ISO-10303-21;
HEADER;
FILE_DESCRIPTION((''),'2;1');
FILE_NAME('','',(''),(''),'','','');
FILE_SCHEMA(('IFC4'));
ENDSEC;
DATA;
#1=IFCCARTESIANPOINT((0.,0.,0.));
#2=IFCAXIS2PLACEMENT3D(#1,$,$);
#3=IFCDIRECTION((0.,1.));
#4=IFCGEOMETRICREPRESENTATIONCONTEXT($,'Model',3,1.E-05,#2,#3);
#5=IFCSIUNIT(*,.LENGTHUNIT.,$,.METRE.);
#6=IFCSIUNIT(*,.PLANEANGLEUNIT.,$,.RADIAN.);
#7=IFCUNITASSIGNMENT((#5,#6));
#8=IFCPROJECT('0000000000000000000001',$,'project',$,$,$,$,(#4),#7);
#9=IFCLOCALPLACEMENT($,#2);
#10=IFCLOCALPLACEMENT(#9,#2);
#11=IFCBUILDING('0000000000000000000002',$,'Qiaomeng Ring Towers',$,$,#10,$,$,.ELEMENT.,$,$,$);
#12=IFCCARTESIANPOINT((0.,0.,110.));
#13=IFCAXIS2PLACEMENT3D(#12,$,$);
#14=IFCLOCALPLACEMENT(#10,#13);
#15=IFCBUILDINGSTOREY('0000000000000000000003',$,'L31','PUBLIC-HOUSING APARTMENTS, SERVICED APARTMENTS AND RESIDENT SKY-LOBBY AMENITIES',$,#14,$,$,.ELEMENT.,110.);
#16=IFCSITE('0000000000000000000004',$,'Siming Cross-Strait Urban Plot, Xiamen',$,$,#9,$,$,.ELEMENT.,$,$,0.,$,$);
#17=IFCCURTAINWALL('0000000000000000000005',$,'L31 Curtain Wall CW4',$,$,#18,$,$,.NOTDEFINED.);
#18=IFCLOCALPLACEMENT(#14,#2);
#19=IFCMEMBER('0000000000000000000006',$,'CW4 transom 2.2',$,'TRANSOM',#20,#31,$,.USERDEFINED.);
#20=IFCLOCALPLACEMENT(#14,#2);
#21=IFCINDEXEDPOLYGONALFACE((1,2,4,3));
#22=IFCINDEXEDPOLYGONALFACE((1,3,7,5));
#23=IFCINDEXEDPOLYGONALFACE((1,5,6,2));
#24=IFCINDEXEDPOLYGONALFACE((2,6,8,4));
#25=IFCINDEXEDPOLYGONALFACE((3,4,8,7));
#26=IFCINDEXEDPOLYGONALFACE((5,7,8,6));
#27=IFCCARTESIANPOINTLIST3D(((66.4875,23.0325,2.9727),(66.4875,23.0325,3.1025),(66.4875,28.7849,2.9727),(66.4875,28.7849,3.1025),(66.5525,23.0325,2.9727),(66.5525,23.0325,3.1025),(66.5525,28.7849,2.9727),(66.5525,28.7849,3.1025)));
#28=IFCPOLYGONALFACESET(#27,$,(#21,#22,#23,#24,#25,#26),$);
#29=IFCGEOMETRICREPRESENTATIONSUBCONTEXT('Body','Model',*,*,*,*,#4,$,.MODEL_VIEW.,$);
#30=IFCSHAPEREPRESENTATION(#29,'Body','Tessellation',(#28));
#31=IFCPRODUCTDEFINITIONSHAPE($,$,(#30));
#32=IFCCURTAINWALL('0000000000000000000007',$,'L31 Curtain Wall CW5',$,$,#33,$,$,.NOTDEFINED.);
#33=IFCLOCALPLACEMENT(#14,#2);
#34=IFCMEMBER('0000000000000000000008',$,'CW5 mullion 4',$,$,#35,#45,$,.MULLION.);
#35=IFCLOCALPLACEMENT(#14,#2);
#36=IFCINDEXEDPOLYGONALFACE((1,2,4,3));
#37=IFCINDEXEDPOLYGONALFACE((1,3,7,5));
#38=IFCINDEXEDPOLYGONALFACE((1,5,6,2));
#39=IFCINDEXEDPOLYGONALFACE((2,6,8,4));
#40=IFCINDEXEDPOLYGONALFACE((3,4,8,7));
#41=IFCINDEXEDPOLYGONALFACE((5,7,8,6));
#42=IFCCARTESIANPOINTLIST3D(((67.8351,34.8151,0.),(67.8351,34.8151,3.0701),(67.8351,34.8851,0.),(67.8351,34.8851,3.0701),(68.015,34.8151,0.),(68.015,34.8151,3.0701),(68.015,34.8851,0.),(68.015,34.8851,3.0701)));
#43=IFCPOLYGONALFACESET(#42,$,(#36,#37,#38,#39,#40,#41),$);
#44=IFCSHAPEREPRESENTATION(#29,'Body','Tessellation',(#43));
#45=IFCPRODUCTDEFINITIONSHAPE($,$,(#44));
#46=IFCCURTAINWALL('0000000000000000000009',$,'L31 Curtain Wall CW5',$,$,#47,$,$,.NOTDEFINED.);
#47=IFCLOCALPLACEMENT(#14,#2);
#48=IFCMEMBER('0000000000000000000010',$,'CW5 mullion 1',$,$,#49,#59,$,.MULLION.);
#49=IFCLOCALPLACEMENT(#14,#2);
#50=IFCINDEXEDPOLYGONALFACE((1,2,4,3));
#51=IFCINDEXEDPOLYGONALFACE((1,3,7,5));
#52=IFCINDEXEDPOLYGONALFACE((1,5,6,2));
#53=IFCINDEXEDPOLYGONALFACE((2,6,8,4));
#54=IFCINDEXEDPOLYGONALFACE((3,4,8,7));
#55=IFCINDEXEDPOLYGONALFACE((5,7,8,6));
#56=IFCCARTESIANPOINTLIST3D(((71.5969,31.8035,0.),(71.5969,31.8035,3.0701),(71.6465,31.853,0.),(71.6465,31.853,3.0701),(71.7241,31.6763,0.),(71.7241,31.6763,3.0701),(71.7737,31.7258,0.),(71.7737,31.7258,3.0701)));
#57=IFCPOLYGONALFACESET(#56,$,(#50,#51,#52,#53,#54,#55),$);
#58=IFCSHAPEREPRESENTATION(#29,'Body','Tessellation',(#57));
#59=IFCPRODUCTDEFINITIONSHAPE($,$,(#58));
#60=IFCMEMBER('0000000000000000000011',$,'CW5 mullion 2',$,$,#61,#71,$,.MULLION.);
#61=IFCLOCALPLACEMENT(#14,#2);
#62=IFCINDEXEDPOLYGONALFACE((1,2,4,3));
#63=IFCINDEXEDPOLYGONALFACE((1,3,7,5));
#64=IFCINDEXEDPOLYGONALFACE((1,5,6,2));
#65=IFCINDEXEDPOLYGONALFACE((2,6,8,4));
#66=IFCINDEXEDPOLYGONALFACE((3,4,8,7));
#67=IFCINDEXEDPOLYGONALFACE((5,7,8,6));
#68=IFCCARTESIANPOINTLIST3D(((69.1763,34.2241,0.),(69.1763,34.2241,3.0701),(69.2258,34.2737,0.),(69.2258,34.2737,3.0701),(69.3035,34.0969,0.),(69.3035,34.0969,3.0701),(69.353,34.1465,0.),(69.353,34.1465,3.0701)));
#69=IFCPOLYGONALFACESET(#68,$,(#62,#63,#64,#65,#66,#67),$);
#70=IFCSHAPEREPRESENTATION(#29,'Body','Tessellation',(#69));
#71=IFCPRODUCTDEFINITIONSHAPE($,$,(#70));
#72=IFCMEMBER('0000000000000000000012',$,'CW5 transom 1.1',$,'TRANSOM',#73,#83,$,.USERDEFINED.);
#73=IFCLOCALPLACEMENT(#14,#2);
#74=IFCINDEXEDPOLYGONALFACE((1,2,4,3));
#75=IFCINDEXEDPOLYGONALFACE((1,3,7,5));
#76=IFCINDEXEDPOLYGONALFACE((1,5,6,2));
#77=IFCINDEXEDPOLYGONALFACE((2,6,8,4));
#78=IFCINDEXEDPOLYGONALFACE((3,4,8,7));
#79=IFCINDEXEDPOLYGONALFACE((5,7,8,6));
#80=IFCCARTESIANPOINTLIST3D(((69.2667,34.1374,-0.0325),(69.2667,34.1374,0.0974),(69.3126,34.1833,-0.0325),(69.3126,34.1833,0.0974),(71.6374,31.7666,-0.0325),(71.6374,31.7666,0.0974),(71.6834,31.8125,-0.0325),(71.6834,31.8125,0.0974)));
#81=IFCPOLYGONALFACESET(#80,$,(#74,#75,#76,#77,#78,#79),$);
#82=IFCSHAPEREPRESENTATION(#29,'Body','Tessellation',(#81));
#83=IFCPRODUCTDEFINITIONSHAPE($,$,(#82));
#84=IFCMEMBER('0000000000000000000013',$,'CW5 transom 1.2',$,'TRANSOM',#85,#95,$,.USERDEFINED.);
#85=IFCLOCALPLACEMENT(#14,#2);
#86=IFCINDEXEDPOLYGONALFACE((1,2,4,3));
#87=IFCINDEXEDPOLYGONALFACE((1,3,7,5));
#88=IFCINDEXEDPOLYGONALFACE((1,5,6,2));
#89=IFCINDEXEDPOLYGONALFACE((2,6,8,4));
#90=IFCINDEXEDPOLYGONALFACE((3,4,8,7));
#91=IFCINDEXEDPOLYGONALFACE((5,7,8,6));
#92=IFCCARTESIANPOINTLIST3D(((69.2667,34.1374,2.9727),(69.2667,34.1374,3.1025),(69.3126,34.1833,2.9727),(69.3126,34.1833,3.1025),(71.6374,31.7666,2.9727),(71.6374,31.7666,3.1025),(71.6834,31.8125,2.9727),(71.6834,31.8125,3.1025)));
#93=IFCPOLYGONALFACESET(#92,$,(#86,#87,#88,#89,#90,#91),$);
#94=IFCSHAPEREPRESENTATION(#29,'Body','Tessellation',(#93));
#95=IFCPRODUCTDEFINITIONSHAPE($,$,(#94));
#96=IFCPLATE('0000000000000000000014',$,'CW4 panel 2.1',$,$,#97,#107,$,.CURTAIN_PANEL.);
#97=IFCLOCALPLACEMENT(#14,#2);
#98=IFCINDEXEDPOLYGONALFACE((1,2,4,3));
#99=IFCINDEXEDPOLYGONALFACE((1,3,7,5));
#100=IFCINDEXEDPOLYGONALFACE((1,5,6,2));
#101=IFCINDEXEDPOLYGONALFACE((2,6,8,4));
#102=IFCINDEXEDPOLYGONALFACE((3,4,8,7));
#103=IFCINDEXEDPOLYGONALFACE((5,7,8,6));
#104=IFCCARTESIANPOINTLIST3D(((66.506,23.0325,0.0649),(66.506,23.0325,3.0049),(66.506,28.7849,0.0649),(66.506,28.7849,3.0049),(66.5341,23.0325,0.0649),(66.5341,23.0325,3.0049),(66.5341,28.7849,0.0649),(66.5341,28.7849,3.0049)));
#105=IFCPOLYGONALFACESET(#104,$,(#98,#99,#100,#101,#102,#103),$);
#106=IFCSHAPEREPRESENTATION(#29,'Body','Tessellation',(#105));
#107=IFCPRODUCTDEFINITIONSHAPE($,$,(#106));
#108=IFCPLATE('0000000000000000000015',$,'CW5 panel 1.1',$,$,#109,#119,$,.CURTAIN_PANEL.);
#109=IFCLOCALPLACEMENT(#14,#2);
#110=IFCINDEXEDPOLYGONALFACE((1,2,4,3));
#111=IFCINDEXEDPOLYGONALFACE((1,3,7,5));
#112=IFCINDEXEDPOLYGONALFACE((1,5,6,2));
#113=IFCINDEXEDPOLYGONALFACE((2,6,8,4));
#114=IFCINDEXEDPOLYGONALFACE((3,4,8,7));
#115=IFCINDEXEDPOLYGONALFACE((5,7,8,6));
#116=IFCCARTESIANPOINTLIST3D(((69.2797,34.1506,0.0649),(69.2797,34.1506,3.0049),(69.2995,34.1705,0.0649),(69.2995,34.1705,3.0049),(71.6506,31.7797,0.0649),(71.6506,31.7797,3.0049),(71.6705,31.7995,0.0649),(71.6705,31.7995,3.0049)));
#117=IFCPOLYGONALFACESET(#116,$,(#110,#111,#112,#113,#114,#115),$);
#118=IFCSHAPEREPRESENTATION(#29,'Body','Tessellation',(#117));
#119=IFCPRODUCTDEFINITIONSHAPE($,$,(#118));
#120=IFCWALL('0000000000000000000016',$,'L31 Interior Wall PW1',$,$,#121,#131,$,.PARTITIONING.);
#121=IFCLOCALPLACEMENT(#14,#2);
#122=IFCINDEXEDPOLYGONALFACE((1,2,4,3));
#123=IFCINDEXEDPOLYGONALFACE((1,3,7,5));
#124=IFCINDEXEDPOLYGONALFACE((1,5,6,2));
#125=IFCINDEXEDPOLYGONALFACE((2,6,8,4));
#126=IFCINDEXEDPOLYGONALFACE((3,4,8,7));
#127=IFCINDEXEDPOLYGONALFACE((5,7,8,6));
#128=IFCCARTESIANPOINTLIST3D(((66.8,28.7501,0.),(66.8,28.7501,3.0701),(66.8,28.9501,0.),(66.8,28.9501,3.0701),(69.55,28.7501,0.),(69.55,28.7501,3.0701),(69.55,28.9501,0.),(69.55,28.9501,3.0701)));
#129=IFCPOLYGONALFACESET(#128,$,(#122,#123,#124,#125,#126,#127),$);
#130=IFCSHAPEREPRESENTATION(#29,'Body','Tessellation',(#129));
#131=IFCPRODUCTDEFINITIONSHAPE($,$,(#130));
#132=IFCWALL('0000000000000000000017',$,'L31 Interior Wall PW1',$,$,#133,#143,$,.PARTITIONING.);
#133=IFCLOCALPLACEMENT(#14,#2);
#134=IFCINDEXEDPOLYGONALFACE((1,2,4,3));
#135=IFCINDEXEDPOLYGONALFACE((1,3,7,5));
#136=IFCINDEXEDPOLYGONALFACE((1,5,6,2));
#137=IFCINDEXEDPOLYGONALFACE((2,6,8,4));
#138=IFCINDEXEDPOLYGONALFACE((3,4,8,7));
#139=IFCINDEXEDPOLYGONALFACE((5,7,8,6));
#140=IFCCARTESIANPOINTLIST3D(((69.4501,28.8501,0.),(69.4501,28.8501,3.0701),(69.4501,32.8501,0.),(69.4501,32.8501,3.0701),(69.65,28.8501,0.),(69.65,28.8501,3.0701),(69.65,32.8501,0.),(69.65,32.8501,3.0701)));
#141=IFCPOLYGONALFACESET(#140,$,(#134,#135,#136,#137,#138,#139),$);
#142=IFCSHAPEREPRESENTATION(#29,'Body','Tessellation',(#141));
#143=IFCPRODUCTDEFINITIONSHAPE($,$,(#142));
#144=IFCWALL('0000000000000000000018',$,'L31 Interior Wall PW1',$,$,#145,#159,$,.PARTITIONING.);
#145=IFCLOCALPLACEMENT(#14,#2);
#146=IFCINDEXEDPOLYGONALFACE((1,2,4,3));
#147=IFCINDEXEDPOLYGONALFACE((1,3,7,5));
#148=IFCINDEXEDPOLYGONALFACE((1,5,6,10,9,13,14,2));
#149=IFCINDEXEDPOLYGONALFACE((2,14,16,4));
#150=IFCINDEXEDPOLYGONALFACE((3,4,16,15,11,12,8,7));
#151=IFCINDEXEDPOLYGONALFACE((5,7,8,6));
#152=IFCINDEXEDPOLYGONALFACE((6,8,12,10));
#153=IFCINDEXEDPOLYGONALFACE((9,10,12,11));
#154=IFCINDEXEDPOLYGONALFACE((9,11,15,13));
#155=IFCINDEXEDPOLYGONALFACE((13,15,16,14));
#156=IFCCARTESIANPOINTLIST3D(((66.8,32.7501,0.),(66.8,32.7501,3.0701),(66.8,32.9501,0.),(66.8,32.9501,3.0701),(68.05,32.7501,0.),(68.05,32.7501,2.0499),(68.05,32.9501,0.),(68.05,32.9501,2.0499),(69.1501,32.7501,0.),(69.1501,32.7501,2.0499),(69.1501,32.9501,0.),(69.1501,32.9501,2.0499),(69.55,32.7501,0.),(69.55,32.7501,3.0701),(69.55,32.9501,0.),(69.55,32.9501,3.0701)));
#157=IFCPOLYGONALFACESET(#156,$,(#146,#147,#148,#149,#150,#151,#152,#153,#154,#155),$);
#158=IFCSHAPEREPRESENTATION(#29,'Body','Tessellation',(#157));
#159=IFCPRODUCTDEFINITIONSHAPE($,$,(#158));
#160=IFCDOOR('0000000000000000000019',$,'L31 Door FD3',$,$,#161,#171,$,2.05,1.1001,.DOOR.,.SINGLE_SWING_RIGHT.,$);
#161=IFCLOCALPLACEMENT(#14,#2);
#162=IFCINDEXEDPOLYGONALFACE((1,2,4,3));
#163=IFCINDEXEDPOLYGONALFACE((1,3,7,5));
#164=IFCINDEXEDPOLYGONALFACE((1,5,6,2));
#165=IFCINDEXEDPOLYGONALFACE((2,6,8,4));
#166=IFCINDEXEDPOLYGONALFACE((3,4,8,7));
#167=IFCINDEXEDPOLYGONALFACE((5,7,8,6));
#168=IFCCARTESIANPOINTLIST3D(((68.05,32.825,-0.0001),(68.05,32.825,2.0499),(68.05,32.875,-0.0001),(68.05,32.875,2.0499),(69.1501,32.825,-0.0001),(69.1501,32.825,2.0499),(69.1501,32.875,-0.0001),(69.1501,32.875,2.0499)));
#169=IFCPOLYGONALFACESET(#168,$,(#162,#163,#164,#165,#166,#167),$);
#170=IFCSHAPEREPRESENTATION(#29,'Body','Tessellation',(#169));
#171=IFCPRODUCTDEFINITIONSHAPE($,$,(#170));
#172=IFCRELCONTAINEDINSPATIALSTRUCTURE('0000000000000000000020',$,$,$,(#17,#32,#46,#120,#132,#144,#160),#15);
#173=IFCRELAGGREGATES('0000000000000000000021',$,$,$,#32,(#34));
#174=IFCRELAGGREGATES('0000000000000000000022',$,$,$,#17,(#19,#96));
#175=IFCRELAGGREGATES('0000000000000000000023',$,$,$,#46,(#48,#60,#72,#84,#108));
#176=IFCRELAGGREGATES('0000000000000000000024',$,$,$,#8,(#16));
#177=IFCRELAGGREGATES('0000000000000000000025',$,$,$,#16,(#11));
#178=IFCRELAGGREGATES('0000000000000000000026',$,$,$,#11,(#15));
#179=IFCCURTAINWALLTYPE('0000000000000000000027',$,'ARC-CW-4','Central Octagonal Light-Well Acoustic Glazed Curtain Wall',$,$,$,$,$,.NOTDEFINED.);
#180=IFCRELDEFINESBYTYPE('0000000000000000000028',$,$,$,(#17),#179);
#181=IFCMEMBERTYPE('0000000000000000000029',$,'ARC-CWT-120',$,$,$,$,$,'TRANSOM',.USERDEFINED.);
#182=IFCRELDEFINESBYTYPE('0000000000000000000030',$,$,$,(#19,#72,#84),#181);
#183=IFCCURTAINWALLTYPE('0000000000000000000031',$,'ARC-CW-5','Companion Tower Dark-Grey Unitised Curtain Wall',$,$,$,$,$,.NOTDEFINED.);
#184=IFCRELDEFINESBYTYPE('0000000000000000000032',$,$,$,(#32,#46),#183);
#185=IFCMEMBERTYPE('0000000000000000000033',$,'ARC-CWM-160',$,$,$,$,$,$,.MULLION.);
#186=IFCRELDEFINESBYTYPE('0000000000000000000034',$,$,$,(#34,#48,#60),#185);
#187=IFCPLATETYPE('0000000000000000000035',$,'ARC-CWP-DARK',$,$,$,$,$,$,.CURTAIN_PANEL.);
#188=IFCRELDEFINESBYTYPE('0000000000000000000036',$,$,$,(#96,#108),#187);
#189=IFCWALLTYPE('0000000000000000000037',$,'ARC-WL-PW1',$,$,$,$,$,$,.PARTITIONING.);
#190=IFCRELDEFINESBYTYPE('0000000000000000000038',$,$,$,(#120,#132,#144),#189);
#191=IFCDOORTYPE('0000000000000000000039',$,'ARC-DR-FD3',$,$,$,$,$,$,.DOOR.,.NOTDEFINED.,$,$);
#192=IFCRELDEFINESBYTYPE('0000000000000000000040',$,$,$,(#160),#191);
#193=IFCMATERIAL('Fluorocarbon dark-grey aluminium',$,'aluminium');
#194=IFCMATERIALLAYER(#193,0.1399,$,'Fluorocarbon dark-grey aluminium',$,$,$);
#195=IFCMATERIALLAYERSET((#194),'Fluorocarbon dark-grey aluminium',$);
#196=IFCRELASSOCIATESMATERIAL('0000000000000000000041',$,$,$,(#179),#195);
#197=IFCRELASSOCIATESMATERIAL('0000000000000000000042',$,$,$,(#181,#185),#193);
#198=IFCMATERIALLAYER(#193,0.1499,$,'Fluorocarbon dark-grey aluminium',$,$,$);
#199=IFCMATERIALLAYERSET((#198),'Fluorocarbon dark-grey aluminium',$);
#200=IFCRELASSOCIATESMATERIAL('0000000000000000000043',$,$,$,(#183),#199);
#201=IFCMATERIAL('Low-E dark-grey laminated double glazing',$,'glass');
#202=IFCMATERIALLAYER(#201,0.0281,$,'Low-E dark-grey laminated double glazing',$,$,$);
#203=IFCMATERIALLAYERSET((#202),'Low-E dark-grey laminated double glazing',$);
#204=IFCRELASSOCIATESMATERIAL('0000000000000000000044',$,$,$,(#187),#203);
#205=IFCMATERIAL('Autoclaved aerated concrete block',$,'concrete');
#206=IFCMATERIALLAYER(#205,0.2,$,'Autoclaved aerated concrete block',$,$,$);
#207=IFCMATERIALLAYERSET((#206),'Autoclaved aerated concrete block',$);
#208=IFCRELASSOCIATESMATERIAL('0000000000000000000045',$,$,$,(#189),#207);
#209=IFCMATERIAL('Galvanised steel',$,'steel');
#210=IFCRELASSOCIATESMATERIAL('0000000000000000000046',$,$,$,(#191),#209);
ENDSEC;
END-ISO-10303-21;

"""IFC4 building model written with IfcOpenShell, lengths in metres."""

from ifc_helpers import new_model, si_unit, direction, frame, frame_2d, origin, origin_2d, place, context, subcontext, project, spatial, rectangle, extrude, source, transform, mapped, material, layer, layer_set, material_profile, profile_set, type_object, element, fill, aggregate, save


model = new_model("IFC4")

# Units and contexts
model_context = context("Model", 3, precision=1e-05, world=origin(), true_north=direction((0.0, 1.0)))
body_context = subcontext(model_context, "Body", "Model", "MODEL_VIEW")
ifc_project = project(units=[si_unit("LENGTHUNIT", "METRE"), si_unit("PLANEANGLEUNIT", "RADIAN")], contexts=[model_context])

# Site, building, storey
site_placement = place(None, origin())
site = spatial("IfcSite", under=ifc_project, at=site_placement, Name="Siming Cross-Strait Urban Plot, Xiamen", CompositionType="ELEMENT", RefElevation=0.0)
building_placement = place(site_placement, origin())
building = spatial("IfcBuilding", under=site, at=building_placement, Name="Qiaomeng Ring Towers", CompositionType="ELEMENT")
storey_placement = place(building_placement, frame((0.0, 0.0, 110.0)))
storey = spatial("IfcBuildingStorey", under=building, at=storey_placement, Name="L31", Description="PUBLIC-HOUSING APARTMENTS, SERVICED APARTMENTS AND RESIDENT SKY-LOBBY AMENITIES", CompositionType="ELEMENT", Elevation=110.0)

# Curtain wall, member
ifc_material_1 = material(Name="Fluorocarbon dark-grey aluminium", Category="aluminium")
ifc_layer_1 = layer(ifc_material_1, 0.1399, Name="Fluorocarbon dark-grey aluminium")
ifc_layer_set_1 = layer_set([ifc_layer_1], Name="Fluorocarbon dark-grey aluminium")
curtain_wall_type_1 = type_object("IfcCurtainWallType", Name="ARC-CW-4", Description="Central Octagonal Light-Well Acoustic Glazed Curtain Wall", PredefinedType="NOTDEFINED", material=ifc_layer_set_1)
curtain_wall_1_placement = place(storey_placement, origin())
curtain_wall_1 = element("IfcCurtainWall", 1, at=curtain_wall_1_placement, inside=storey, type_object=curtain_wall_type_1, Name="L31 Curtain Wall CW4", PredefinedType="NOTDEFINED")
ifc_material_profile_1 = material_profile(ifc_material_1, rectangle(XDim=0.0649, YDim=0.1299, at=origin_2d()), Name="ALU TRAN 65x130")
ifc_profile_set_1 = profile_set([ifc_material_profile_1], Name="Fluorocarbon dark-grey aluminium")
member_type_1 = type_object("IfcMemberType", Name="ARC-CWT-120", ElementType="TRANSOM", PredefinedType="USERDEFINED", material=ifc_profile_set_1)
shared_shape_1 = source(origin(), body_context, "Body", "SweptSolid", [
    extrude(rectangle(XDim=0.0649, YDim=0.1299, at=origin_2d()), origin(), (0.0, 0.0, 1.0), 5.7524),
])
member_1_placement = place(storey_placement, frame((66.52, 23.0325, 3.0376), z_axis=(0.0, 1.0, 0.0), x_axis=(-1.0, 0.0, 0.0)))
member_1 = element("IfcMember", 2, at=member_1_placement, type_object=member_type_1, Name="CW4 transom 2.2", ObjectType="TRANSOM", PredefinedType="USERDEFINED", context=body_context, shape_type="MappedRepresentation", body=[
    mapped(shared_shape_1, transform((0.0, 0.0, 0.0), x_axis=(1.0, 0.0, 0.0), y_axis=(0.0, 1.0, 0.0), z_axis=(0.0, 0.0, 1.0), scale=1.0)),
])

# Curtain wall, member
ifc_layer_2 = layer(ifc_material_1, 0.1499, Name="Fluorocarbon dark-grey aluminium")
ifc_layer_set_2 = layer_set([ifc_layer_2], Name="Fluorocarbon dark-grey aluminium")
curtain_wall_type_2 = type_object("IfcCurtainWallType", Name="ARC-CW-5", Description="Companion Tower Dark-Grey Unitised Curtain Wall", PredefinedType="NOTDEFINED", material=ifc_layer_set_2)
curtain_wall_2_placement = place(storey_placement, origin())
curtain_wall_2 = element("IfcCurtainWall", 3, at=curtain_wall_2_placement, inside=storey, type_object=curtain_wall_type_2, Name="L31 Curtain Wall CW5", PredefinedType="NOTDEFINED")
ifc_material_profile_2 = material_profile(ifc_material_1, rectangle(XDim=0.0701, YDim=0.1799, at=origin_2d()), Name="ALU MULL 70x180")
ifc_profile_set_2 = profile_set([ifc_material_profile_2], Name="Fluorocarbon dark-grey aluminium")
member_type_2 = type_object("IfcMemberType", Name="ARC-CWM-160", PredefinedType="MULLION", material=ifc_profile_set_2)
shared_shape_2 = source(origin(), body_context, "Body", "SweptSolid", [
    extrude(rectangle(XDim=0.0701, YDim=0.1799, at=origin_2d()), origin(), (0.0, 0.0, 1.0), 3.0701),
])
member_2_placement = place(storey_placement, frame((67.925, 34.8501, 0.0), z_axis=(0.0, 0.0, 1.0), x_axis=(0.0, 1.0, 0.0)))
member_2 = element("IfcMember", 4, at=member_2_placement, type_object=member_type_2, Name="CW5 mullion 4", PredefinedType="MULLION", context=body_context, shape_type="MappedRepresentation", body=[
    mapped(shared_shape_2, transform((0.0, 0.0, 0.0), x_axis=(1.0, 0.0, 0.0), y_axis=(0.0, 1.0, 0.0), z_axis=(0.0, 0.0, 1.0), scale=1.0)),
])
aggregate(curtain_wall_2, [member_2])

# Curtain wall, members
curtain_wall_3_placement = place(storey_placement, origin())
curtain_wall_3 = element("IfcCurtainWall", 5, at=curtain_wall_3_placement, inside=storey, type_object=curtain_wall_type_2, Name="L31 Curtain Wall CW5", PredefinedType="NOTDEFINED")
member_3_placement = place(storey_placement, frame((71.6853, 31.7646, 0.0), z_axis=(0.0, 0.0, 1.0), x_axis=(-0.707107, -0.707107, 0.0)))
member_3 = element("IfcMember", 6, at=member_3_placement, type_object=member_type_2, Name="CW5 mullion 1", PredefinedType="MULLION", context=body_context, shape_type="MappedRepresentation", body=[
    mapped(shared_shape_2, transform((0.0, 0.0, 0.0), x_axis=(1.0, 0.0, 0.0), y_axis=(0.0, 1.0, 0.0), z_axis=(0.0, 0.0, 1.0), scale=1.0)),
])
member_4_placement = place(storey_placement, frame((69.2646, 34.1853, 0.0), z_axis=(0.0, 0.0, 1.0), x_axis=(-0.707107, -0.707107, 0.0)))
member_4 = element("IfcMember", 7, at=member_4_placement, type_object=member_type_2, Name="CW5 mullion 2", PredefinedType="MULLION", context=body_context, shape_type="MappedRepresentation", body=[
    mapped(shared_shape_2, transform((0.0, 0.0, 0.0), x_axis=(1.0, 0.0, 0.0), y_axis=(0.0, 1.0, 0.0), z_axis=(0.0, 0.0, 1.0), scale=1.0)),
])
shared_shape_3 = source(origin(), body_context, "Body", "SweptSolid", [
    extrude(rectangle(XDim=0.0649, YDim=0.1299, at=origin_2d()), origin(), (0.0, 0.0, 1.0), 3.3528),
])
member_5_placement = place(storey_placement, frame((71.6604, 31.7896, 0.0325), z_axis=(-0.707107, 0.707107, 0.0), x_axis=(-0.707107, -0.707107, 0.0)))
member_5 = element("IfcMember", 8, at=member_5_placement, type_object=member_type_1, Name="CW5 transom 1.1", ObjectType="TRANSOM", PredefinedType="USERDEFINED", context=body_context, shape_type="MappedRepresentation", body=[
    mapped(shared_shape_3, transform((0.0, 0.0, 0.0), x_axis=(1.0, 0.0, 0.0), y_axis=(0.0, 1.0, 0.0), z_axis=(0.0, 0.0, 1.0), scale=1.0)),
])
member_6_placement = place(storey_placement, frame((71.6604, 31.7896, 3.0376), z_axis=(-0.707107, 0.707107, 0.0), x_axis=(-0.707107, -0.707107, 0.0)))
member_6 = element("IfcMember", 9, at=member_6_placement, type_object=member_type_1, Name="CW5 transom 1.2", ObjectType="TRANSOM", PredefinedType="USERDEFINED", context=body_context, shape_type="MappedRepresentation", body=[
    mapped(shared_shape_3, transform((0.0, 0.0, 0.0), x_axis=(1.0, 0.0, 0.0), y_axis=(0.0, 1.0, 0.0), z_axis=(0.0, 0.0, 1.0), scale=1.0)),
])

# Plates
ifc_material_2 = material(Name="Low-E dark-grey laminated double glazing", Category="glass")
ifc_layer_3 = layer(ifc_material_2, 0.0281, Name="Low-E dark-grey laminated double glazing")
ifc_layer_set_3 = layer_set([ifc_layer_3], Name="Low-E dark-grey laminated double glazing")
plate_type = type_object("IfcPlateType", Name="ARC-CWP-DARK", PredefinedType="CURTAIN_PANEL", material=ifc_layer_set_3)
shared_shape_4 = source(origin(), body_context, "Body", "SweptSolid", [
    extrude(rectangle(XDim=5.7524, YDim=0.0281, at=origin_2d()), origin(), (0.0, 0.0, 1.0), 2.9399),
])
plate_1_placement = place(storey_placement, frame((66.52, 25.9087, 0.0649), z_axis=(0.0, 0.0, 1.0), x_axis=(0.0, 1.0, 0.0)))
plate_1 = element("IfcPlate", 10, at=plate_1_placement, type_object=plate_type, Name="CW4 panel 2.1", PredefinedType="CURTAIN_PANEL", context=body_context, shape_type="MappedRepresentation", body=[
    mapped(shared_shape_4, transform((0.0, 0.0, 0.0), x_axis=(1.0, 0.0, 0.0), y_axis=(0.0, 1.0, 0.0), z_axis=(0.0, 0.0, 1.0), scale=1.0)),
])
aggregate(curtain_wall_1, [member_1, plate_1])
shared_shape_5 = source(origin(), body_context, "Body", "SweptSolid", [
    extrude(rectangle(XDim=3.353, YDim=0.0281, at=origin_2d()), origin(), (0.0, 0.0, 1.0), 2.9399),
])
plate_2_placement = place(storey_placement, frame((70.4751, 32.9751, 0.0649), z_axis=(0.0, 0.0, 1.0), x_axis=(-0.707107, 0.707107, 0.0)))
plate_2 = element("IfcPlate", 11, at=plate_2_placement, type_object=plate_type, Name="CW5 panel 1.1", PredefinedType="CURTAIN_PANEL", context=body_context, shape_type="MappedRepresentation", body=[
    mapped(shared_shape_5, transform((0.0, 0.0, 0.0), x_axis=(1.0, 0.0, 0.0), y_axis=(0.0, 1.0, 0.0), z_axis=(0.0, 0.0, 1.0), scale=1.0)),
])
aggregate(curtain_wall_3, [member_3, member_4, member_5, member_6, plate_2])

# Walls
ifc_material_3 = material(Name="Autoclaved aerated concrete block", Category="concrete")
ifc_layer_4 = layer(ifc_material_3, 0.2, Name="Autoclaved aerated concrete block")
ifc_layer_set_4 = layer_set([ifc_layer_4], Name="Autoclaved aerated concrete block")
wall_type_1 = type_object("IfcWallType", Name="ARC-WL-PW1", PredefinedType="PARTITIONING", material=ifc_layer_set_4)
wall_1_placement = place(storey_placement, frame((66.8, 28.8501, 0.0), z_axis=(0.0, 0.0, 1.0), x_axis=(1.0, 0.0, 0.0)))
element("IfcWall", 12, at=wall_1_placement, inside=storey, type_object=wall_type_1, Name="L31 Interior Wall PW1", PredefinedType="PARTITIONING", context=body_context, shape_type="SweptSolid", body=[
    extrude(rectangle(XDim=2.75, YDim=0.2, at=frame_2d((1.375, 0.0))), origin(), (0.0, 0.0, 1.0), 3.0701),
])
wall_2_placement = place(storey_placement, frame((69.55, 28.8501, 0.0), z_axis=(0.0, 0.0, 1.0), x_axis=(0.0, 1.0, 0.0)))
element("IfcWall", 13, at=wall_2_placement, inside=storey, type_object=wall_type_1, Name="L31 Interior Wall PW1", PredefinedType="PARTITIONING", context=body_context, shape_type="SweptSolid", body=[
    extrude(rectangle(XDim=4.0, YDim=0.2, at=frame_2d((2.0, 0.0))), origin(), (0.0, 0.0, 1.0), 3.0701),
])

# Wall, opening, door
wall_3_placement = place(storey_placement, frame((66.8, 32.8501, 0.0), z_axis=(0.0, 0.0, 1.0), x_axis=(1.0, 0.0, 0.0)))
wall_3 = element("IfcWall", 14, at=wall_3_placement, inside=storey, type_object=wall_type_1, Name="L31 Interior Wall PW1", PredefinedType="PARTITIONING", context=body_context, shape_type="SweptSolid", body=[
    extrude(rectangle(XDim=2.75, YDim=0.2, at=frame_2d((1.375, 0.0))), origin(), (0.0, 0.0, 1.0), 3.0701),
])
opening_placement = place(wall_3_placement, frame((1.25, 0.0, 0.0)))
opening = element("IfcOpeningElement", 15, at=opening_placement, cuts=wall_3, PredefinedType="OPENING", context=body_context, shape_type="SweptSolid", body=[
    extrude(rectangle(XDim=1.1001, YDim=2.05, at=frame_2d((0.55, 1.0249))), frame((0.0, 0.1099, 0.0), z_axis=(0.0, -1.0, 0.0), x_axis=(1.0, 0.0, 0.0)), (0.0, 0.0, 1.0), 0.22),
])
ifc_material_4 = material(Name="Galvanised steel", Category="steel")
door_type = type_object("IfcDoorType", Name="ARC-DR-FD3", OperationType="NOTDEFINED", PredefinedType="DOOR", material=ifc_material_4)
shared_shape_6 = source(origin(), body_context, "Body", "SweptSolid", [
    extrude(rectangle(XDim=1.1001, YDim=2.05, at=frame_2d((0.55, 1.0249))), frame((0.0, 0.0249, 0.0), z_axis=(0.0, -1.0, 0.0), x_axis=(1.0, 0.0, 0.0)), (0.0, 0.0, 1.0), 0.05),
])
door_placement = place(opening_placement, origin())
door = element("IfcDoor", 16, at=door_placement, inside=storey, type_object=door_type, Name="L31 Door FD3", OperationType="SINGLE_SWING_RIGHT", OverallHeight=2.05, OverallWidth=1.1001, PredefinedType="DOOR", context=body_context, shape_type="MappedRepresentation", body=[
    mapped(shared_shape_6, transform((0.0, 0.0, 0.0), x_axis=(1.0, 0.0, 0.0), y_axis=(0.0, 1.0, 0.0), z_axis=(0.0, 0.0, 1.0), scale=1.0)),
])
fill(opening, door)

save(model, "model.ifc")
